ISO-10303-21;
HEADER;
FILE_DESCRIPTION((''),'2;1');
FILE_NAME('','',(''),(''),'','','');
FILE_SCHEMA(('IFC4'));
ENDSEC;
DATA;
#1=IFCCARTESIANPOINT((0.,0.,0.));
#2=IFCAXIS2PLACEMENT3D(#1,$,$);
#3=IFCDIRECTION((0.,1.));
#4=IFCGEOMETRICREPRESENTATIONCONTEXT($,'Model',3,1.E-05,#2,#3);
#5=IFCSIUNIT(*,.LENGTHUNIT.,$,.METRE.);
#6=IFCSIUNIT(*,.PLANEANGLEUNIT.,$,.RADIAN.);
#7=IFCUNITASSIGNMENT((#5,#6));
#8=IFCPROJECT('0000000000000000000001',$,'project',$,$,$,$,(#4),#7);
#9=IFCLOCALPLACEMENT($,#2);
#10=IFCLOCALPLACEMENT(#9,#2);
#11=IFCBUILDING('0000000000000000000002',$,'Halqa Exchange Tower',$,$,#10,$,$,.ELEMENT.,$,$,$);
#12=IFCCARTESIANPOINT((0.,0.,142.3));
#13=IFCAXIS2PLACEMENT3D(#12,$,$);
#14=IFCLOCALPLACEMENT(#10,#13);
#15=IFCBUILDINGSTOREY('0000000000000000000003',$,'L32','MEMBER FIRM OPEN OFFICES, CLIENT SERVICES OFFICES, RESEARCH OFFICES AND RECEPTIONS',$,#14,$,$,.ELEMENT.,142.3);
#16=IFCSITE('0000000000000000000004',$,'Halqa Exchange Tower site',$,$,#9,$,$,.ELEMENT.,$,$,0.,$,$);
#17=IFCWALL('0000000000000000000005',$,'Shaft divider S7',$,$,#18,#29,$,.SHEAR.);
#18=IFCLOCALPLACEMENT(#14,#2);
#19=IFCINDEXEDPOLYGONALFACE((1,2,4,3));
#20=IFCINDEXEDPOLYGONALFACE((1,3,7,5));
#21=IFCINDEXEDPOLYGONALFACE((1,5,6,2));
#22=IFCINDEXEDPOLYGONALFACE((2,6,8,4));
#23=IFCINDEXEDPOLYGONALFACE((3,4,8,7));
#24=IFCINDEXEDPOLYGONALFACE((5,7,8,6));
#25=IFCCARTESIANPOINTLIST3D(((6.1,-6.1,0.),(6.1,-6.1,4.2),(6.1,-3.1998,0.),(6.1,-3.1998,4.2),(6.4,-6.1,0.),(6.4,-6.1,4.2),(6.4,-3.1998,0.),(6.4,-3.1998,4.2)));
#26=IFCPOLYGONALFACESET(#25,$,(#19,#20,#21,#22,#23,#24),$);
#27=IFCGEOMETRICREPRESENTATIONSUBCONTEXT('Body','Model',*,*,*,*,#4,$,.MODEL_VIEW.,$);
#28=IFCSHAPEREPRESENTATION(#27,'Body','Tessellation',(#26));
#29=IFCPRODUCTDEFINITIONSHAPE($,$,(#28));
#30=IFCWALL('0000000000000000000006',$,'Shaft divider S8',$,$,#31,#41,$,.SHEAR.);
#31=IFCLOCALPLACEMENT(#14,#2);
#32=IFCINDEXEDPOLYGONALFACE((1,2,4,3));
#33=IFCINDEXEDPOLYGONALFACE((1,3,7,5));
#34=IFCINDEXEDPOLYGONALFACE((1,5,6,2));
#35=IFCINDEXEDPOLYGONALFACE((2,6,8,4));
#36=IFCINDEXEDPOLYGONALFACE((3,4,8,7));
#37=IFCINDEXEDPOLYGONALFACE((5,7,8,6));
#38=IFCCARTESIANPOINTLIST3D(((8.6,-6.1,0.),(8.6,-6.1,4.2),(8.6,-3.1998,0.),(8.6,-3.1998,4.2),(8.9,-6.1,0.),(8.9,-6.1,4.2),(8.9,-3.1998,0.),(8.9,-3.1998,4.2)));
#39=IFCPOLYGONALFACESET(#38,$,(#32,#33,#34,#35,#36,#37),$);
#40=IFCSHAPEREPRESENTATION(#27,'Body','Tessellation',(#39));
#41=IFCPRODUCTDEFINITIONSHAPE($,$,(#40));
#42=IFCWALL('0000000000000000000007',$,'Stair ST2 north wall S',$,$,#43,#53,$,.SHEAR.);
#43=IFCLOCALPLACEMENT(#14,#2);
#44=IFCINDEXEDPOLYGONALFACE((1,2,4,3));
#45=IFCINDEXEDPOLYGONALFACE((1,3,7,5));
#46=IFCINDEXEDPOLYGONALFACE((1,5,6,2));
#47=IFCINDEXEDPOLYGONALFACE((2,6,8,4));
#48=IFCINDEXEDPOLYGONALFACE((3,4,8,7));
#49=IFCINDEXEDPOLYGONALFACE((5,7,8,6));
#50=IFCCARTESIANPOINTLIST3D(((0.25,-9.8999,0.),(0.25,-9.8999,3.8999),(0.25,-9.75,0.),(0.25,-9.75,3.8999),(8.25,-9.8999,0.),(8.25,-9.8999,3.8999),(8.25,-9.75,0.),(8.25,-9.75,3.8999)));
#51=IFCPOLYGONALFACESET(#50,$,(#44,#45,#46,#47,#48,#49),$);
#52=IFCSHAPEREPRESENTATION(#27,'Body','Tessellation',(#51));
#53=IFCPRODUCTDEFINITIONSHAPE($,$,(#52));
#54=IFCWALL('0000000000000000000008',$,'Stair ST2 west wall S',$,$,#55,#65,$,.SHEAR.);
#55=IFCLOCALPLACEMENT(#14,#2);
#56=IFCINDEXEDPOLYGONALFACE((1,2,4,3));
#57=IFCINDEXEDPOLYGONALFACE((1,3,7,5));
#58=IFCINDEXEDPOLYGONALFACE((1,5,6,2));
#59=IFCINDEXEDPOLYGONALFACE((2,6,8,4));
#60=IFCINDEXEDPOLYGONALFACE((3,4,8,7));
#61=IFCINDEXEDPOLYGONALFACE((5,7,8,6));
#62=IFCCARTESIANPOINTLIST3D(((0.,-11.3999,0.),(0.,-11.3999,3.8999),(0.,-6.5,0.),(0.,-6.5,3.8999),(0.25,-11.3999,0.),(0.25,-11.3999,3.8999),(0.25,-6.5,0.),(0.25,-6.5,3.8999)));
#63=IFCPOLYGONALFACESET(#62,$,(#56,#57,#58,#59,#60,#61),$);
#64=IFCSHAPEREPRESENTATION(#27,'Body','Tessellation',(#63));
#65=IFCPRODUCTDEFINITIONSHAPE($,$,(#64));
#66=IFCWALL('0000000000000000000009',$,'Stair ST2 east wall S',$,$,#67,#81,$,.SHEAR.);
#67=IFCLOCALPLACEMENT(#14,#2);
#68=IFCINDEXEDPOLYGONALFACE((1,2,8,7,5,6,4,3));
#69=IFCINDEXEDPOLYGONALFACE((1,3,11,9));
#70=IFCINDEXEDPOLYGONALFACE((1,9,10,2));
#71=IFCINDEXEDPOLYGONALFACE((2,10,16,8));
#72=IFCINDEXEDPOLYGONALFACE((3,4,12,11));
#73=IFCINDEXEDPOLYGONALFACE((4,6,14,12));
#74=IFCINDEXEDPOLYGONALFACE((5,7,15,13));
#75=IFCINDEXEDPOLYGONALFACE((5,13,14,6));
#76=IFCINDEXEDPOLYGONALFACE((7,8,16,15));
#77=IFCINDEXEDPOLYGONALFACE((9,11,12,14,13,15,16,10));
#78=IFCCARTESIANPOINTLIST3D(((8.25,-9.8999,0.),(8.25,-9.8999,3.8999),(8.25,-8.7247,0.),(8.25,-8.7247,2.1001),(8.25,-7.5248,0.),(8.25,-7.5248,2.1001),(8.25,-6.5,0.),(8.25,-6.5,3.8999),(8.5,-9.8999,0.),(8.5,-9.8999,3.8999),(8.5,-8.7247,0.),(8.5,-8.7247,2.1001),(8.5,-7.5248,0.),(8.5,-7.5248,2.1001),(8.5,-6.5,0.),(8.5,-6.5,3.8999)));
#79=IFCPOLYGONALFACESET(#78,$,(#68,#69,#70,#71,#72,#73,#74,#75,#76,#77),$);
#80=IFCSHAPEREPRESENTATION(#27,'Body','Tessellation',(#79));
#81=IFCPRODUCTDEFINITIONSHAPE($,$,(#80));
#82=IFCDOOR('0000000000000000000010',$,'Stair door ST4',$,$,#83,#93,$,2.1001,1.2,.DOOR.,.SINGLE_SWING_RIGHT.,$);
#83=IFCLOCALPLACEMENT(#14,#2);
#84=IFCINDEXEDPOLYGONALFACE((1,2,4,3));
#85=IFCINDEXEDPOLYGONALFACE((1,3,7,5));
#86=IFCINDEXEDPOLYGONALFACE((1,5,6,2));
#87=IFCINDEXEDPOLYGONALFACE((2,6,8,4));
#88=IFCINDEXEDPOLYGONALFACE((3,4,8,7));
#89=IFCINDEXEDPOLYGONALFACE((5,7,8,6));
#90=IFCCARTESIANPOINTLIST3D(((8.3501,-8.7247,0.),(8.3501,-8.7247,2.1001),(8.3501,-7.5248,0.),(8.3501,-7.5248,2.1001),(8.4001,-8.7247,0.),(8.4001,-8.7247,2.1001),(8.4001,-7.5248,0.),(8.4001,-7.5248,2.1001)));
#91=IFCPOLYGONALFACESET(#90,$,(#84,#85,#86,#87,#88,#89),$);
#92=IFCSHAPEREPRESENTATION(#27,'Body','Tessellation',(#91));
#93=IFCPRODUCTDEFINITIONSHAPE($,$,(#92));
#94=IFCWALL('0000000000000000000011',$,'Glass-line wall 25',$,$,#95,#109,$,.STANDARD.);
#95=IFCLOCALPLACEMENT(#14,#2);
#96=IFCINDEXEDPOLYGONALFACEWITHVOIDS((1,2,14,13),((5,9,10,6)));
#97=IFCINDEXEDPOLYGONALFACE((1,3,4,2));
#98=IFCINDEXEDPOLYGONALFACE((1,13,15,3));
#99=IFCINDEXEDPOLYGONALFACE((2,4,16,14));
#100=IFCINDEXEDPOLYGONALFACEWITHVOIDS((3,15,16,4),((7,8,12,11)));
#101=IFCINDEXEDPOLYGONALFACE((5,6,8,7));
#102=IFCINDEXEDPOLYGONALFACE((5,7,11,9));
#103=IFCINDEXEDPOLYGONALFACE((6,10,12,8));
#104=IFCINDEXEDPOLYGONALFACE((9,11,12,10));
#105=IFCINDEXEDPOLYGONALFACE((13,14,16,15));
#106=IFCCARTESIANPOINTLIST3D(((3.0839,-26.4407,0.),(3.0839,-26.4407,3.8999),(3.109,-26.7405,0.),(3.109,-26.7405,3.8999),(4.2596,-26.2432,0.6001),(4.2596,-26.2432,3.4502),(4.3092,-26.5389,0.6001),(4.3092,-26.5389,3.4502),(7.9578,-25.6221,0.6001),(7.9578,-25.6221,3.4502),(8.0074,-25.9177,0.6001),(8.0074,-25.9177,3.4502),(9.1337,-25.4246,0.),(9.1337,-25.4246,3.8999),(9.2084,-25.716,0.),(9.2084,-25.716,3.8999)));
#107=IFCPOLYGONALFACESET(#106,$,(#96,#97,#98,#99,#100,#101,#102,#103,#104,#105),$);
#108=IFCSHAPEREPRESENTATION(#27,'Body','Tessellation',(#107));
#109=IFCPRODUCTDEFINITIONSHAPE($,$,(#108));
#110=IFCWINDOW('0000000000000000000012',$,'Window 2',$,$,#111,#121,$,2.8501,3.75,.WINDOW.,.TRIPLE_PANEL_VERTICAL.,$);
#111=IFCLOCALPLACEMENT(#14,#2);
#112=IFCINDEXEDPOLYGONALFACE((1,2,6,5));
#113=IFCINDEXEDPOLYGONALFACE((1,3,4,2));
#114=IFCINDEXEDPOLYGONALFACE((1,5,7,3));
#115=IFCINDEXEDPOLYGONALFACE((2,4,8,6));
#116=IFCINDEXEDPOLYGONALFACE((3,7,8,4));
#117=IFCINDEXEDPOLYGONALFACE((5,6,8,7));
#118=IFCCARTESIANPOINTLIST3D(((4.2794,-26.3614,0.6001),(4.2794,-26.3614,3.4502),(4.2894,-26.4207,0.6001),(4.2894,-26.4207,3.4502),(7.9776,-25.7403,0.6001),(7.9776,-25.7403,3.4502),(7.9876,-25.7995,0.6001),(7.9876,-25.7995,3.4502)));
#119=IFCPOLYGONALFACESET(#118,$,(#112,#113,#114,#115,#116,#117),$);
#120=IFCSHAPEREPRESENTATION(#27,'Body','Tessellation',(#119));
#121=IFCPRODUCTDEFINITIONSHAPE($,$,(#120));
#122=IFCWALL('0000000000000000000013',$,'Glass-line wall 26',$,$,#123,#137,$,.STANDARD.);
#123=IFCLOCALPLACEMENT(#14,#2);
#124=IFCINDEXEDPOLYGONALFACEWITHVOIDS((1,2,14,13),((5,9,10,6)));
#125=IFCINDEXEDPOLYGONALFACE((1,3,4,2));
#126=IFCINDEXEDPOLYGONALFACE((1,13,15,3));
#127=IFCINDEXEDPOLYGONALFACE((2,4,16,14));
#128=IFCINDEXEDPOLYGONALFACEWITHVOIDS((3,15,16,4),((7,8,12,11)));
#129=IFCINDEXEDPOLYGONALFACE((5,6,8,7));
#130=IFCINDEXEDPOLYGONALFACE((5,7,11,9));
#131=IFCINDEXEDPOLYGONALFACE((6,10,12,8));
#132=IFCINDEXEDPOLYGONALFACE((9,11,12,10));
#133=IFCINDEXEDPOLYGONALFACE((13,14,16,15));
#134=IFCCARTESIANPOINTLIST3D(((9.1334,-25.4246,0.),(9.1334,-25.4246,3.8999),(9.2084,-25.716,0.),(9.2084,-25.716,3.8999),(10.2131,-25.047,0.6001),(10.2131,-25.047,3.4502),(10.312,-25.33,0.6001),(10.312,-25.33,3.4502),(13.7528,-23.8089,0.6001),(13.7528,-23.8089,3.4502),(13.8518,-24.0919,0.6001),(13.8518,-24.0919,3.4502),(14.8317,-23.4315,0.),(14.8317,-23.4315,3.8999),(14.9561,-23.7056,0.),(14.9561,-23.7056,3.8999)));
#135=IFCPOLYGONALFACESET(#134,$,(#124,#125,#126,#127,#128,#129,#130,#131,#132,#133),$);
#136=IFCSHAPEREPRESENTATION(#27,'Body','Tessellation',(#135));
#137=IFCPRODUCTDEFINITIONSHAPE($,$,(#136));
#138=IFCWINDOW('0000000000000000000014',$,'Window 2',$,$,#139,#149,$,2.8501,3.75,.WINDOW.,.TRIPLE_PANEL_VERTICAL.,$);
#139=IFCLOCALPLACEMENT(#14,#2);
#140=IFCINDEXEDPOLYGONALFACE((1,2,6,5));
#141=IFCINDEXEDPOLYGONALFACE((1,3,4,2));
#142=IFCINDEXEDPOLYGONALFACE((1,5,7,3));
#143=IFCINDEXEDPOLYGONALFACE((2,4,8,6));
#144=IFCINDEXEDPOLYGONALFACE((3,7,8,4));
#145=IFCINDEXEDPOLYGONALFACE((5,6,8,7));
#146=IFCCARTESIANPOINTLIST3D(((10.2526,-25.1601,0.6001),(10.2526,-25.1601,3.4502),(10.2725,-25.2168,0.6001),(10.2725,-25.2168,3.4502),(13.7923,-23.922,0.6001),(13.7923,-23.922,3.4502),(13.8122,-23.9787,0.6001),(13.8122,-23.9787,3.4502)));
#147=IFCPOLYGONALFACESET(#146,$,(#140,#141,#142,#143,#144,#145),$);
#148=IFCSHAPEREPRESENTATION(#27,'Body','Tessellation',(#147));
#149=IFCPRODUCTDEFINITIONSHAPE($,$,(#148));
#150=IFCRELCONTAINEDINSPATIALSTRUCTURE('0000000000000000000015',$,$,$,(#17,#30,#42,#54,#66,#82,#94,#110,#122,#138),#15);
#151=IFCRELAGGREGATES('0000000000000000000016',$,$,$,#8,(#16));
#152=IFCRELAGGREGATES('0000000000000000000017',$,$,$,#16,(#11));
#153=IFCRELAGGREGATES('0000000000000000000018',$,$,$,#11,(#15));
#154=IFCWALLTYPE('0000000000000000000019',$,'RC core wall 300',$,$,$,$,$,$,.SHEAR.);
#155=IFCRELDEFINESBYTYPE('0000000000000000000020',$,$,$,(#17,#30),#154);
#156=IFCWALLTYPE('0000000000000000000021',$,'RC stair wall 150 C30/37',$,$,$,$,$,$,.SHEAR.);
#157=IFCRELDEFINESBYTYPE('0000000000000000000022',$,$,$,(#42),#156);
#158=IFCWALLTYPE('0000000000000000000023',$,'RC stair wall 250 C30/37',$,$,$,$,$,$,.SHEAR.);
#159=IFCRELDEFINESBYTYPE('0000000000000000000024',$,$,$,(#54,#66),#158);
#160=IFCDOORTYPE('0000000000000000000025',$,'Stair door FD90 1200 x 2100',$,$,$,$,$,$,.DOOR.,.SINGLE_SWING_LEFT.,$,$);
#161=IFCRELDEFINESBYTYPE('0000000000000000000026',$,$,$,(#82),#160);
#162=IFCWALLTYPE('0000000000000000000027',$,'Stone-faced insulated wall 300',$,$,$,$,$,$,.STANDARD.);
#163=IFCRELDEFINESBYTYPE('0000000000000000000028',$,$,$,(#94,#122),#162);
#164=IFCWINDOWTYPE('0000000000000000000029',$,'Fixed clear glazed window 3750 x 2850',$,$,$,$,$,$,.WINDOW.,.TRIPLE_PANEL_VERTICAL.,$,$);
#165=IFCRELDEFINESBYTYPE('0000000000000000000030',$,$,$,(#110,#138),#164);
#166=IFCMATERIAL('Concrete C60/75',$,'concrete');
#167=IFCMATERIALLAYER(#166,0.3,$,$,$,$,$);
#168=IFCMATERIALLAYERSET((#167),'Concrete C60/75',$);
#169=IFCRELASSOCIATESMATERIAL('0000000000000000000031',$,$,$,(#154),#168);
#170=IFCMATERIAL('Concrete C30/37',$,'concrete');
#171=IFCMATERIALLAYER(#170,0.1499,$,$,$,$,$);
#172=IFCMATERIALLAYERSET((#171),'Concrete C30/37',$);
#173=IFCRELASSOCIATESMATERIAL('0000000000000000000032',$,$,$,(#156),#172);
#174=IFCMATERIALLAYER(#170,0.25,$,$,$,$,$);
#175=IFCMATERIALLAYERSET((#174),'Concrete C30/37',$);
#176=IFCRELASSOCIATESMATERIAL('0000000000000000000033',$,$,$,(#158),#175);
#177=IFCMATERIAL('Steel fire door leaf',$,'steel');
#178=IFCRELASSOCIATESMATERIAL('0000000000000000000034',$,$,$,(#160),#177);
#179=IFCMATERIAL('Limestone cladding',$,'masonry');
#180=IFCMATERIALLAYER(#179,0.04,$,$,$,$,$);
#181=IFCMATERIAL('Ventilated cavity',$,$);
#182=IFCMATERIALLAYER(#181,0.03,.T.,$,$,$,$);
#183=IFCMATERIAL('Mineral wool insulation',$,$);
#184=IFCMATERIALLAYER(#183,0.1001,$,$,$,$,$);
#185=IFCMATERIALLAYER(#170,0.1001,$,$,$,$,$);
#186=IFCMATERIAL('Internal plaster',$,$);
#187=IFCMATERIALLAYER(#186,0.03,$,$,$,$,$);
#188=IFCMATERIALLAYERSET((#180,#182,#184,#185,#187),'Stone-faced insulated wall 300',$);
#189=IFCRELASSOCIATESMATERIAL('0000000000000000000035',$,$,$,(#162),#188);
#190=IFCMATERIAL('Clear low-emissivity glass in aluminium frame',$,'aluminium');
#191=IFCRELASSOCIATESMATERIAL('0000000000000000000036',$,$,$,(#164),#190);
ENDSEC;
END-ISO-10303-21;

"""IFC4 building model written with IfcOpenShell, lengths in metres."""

from ifc_helpers import new_model, si_unit, direction, frame, frame_2d, origin, place, context, subcontext, project, spatial, polyline, rectangle, outline, extrude, material, layer, layer_set, type_object, element, fill, save


model = new_model("IFC4")

# Units and contexts
model_context = context("Model", 3, precision=1e-05, world=origin(), true_north=direction((0.0, 1.0)))
body_context = subcontext(model_context, "Body", "Model", "MODEL_VIEW")
ifc_project = project(units=[si_unit("LENGTHUNIT", "METRE"), si_unit("PLANEANGLEUNIT", "RADIAN")], contexts=[model_context])

# Site, building, storey
site_placement = place(None, origin())
site = spatial("IfcSite", under=ifc_project, at=site_placement, Name="Halqa Exchange Tower site", CompositionType="ELEMENT", RefElevation=0.0)
building_placement = place(site_placement, origin())
building = spatial("IfcBuilding", under=site, at=building_placement, Name="Halqa Exchange Tower", CompositionType="ELEMENT")
storey_placement = place(building_placement, frame((0.0, 0.0, 142.3)))
storey = spatial("IfcBuildingStorey", under=building, at=storey_placement, Name="L32", Description="MEMBER FIRM OPEN OFFICES, CLIENT SERVICES OFFICES, RESEARCH OFFICES AND RECEPTIONS", CompositionType="ELEMENT", Elevation=142.3)

# Shared definitions
ifc_material_1 = material(Name="Concrete C60/75", Category="concrete")

# Walls
ifc_layer_1 = layer(ifc_material_1, 0.3)
ifc_layer_set_1 = layer_set([ifc_layer_1], Name="Concrete C60/75")
wall_type_1 = type_object("IfcWallType", Name="RC core wall 300", PredefinedType="SHEAR", material=ifc_layer_set_1)
for number, where, z_axis, x_axis, name in (
    (1, (6.25, -6.1001, 0.0), (0.0, 0.0, 1.0), (0.0, 1.0, 0.0), "Shaft divider S7"),
    (2, (8.75, -6.1001, 0.0), (0.0, 0.0, 1.0), (0.0, 1.0, 0.0), "Shaft divider S8"),
):
    element("IfcWall", number, at=place(storey_placement, frame(where, z_axis=z_axis, x_axis=x_axis)), inside=storey, type_object=wall_type_1, Name=name, PredefinedType="SHEAR", context=body_context, shape_type="SweptSolid", body=[
        extrude(rectangle(XDim=2.9001, YDim=0.3, at=frame_2d((1.4502, 0.0))), origin(), (0.0, 0.0, 1.0), 4.2),
    ])
ifc_material_2 = material(Name="Concrete C30/37", Category="concrete")
ifc_layer_2 = layer(ifc_material_2, 0.1499)
ifc_layer_set_2 = layer_set([ifc_layer_2], Name="Concrete C30/37")
wall_type_2 = type_object("IfcWallType", Name="RC stair wall 150 C30/37", PredefinedType="SHEAR", material=ifc_layer_set_2)
wall_1_placement = place(storey_placement, frame((0.25, -9.825, 0.0), z_axis=(0.0, 0.0, 1.0), x_axis=(1.0, 0.0, 0.0)))
element("IfcWall", 3, at=wall_1_placement, inside=storey, type_object=wall_type_2, Name="Stair ST2 north wall S", PredefinedType="SHEAR", context=body_context, shape_type="SweptSolid", body=[
    extrude(rectangle(XDim=8.0, YDim=0.1499, at=frame_2d((4.0, 0.0))), origin(), (0.0, 0.0, 1.0), 3.8999),
])
ifc_layer_3 = layer(ifc_material_2, 0.25)
ifc_layer_set_3 = layer_set([ifc_layer_3], Name="Concrete C30/37")
wall_type_3 = type_object("IfcWallType", Name="RC stair wall 250 C30/37", PredefinedType="SHEAR", material=ifc_layer_set_3)
wall_2_placement = place(storey_placement, frame((0.125, -11.3999, 0.0), z_axis=(0.0, 0.0, 1.0), x_axis=(0.0, 1.0, 0.0)))
element("IfcWall", 4, at=wall_2_placement, inside=storey, type_object=wall_type_3, Name="Stair ST2 west wall S", PredefinedType="SHEAR", context=body_context, shape_type="SweptSolid", body=[
    extrude(rectangle(XDim=4.8999, YDim=0.25, at=frame_2d((2.45, 0.0))), origin(), (0.0, 0.0, 1.0), 3.8999),
])

# Wall, opening, door
wall_3_placement = place(storey_placement, frame((8.375, -9.8999, 0.0), z_axis=(0.0, 0.0, 1.0), x_axis=(0.0, 1.0, 0.0)))
wall_3 = element("IfcWall", 5, at=wall_3_placement, inside=storey, type_object=wall_type_3, Name="Stair ST2 east wall S", PredefinedType="SHEAR", context=body_context, shape_type="SweptSolid", body=[
    extrude(rectangle(XDim=3.3999, YDim=0.25, at=frame_2d((1.7, 0.0))), origin(), (0.0, 0.0, 1.0), 3.8999),
])
opening_1_placement = place(wall_3_placement, frame((1.175, 0.0, 0.0)))
opening_1 = element("IfcOpeningElement", 6, at=opening_1_placement, cuts=wall_3, PredefinedType="OPENING", context=body_context, shape_type="SweptSolid", body=[
    extrude(rectangle(XDim=1.2, YDim=2.1001, at=frame_2d((0.6001, 1.05))), frame((0.0, 0.137, 0.0), z_axis=(0.0, -1.0, 0.0), x_axis=(1.0, 0.0, 0.0)), (0.0, 0.0, 1.0), 0.2739),
])
ifc_material_3 = material(Name="Steel fire door leaf", Category="steel")
door_type = type_object("IfcDoorType", Name="Stair door FD90 1200 x 2100", OperationType="SINGLE_SWING_LEFT", PredefinedType="DOOR", material=ifc_material_3)
door_placement = place(opening_1_placement, origin())
door = element("IfcDoor", 7, at=door_placement, inside=storey, type_object=door_type, Name="Stair door ST4", OperationType="SINGLE_SWING_RIGHT", OverallHeight=2.1001, OverallWidth=1.2, PredefinedType="DOOR", context=body_context, shape_type="SweptSolid", body=[
    extrude(rectangle(XDim=1.2, YDim=2.1001, at=frame_2d((0.6001, 1.05))), frame((0.0, 0.0249, 0.0), z_axis=(0.0, -1.0, 0.0), x_axis=(1.0, 0.0, 0.0)), (0.0, 0.0, 1.0), 0.05),
])
fill(opening_1, door)

# Walls, openings, windows
ifc_material_4 = material(Name="Limestone cladding", Category="masonry")
ifc_layer_4 = layer(ifc_material_4, 0.04)
ifc_material_5 = material(Name="Ventilated cavity")
ifc_layer_5 = layer(ifc_material_5, 0.03, ventilated=True)
ifc_material_6 = material(Name="Mineral wool insulation")
ifc_layer_6 = layer(ifc_material_6, 0.1001)
ifc_layer_7 = layer(ifc_material_2, 0.1001)
ifc_material_7 = material(Name="Internal plaster")
ifc_layer_8 = layer(ifc_material_7, 0.03)
ifc_layer_set_4 = layer_set([ifc_layer_4, ifc_layer_5, ifc_layer_6, ifc_layer_7, ifc_layer_8], Name="Stone-faced insulated wall 300")
wall_type_4 = type_object("IfcWallType", Name="Stone-faced insulated wall 300", PredefinedType="STANDARD", material=ifc_layer_set_4)
wall_4_placement = place(storey_placement, frame((3.0964, -26.5906, 0.0), z_axis=(0.0, 0.0, 1.0), x_axis=(0.986186, 0.165639, 0.0)))
wall_4 = element("IfcWall", 8, at=wall_4_placement, inside=storey, type_object=wall_type_4, Name="Glass-line wall 25", PredefinedType="STANDARD", context=body_context, shape_type="SweptSolid", body=[
    extrude(outline(polyline([(-0.0125, -0.1499), (6.1724, -0.1499), (6.147, 0.1499), (0.0125, 0.1499), (-0.0125, -0.1499)])), origin(), (0.0, 0.0, 1.0), 3.8999),
])
opening_2_placement = place(wall_4_placement, frame((1.2046, 0.0, 0.6001)))
opening_2 = element("IfcOpeningElement", 9, at=opening_2_placement, cuts=wall_4, PredefinedType="OPENING", context=body_context, shape_type="SweptSolid", body=[
    extrude(rectangle(XDim=3.75, YDim=2.8501, at=frame_2d((1.875, 1.425))), frame((0.0, 0.1621, 0.0), z_axis=(0.0, -1.0, 0.0), x_axis=(1.0, 0.0, 0.0)), (0.0, 0.0, 1.0), 0.324),
])
ifc_material_8 = material(Name="Clear low-emissivity glass in aluminium frame", Category="aluminium")
window_type = type_object("IfcWindowType", Name="Fixed clear glazed window 3750 x 2850", PartitioningType="TRIPLE_PANEL_VERTICAL", PredefinedType="WINDOW", material=ifc_material_8)
window_1_placement = place(opening_2_placement, origin())
window_1 = element("IfcWindow", 10, at=window_1_placement, inside=storey, type_object=window_type, Name="Window 2", OverallHeight=2.8501, OverallWidth=3.75, PartitioningType="TRIPLE_PANEL_VERTICAL", PredefinedType="WINDOW", context=body_context, shape_type="SweptSolid", body=[
    extrude(rectangle(XDim=3.75, YDim=2.8501, at=frame_2d((1.875, 1.425))), frame((0.0, 0.03, 0.0), z_axis=(0.0, -1.0, 0.0), x_axis=(1.0, 0.0, 0.0)), (0.0, 0.0, 1.0), 0.0601),
])
fill(opening_2, window_1)
wall_5_placement = place(storey_placement, frame((9.1709, -25.5703, 0.0), z_axis=(0.0, 0.0, 1.0), x_axis=(0.943926, 0.330158, 0.0)))
wall_5 = element("IfcWall", 11, at=wall_5_placement, inside=storey, type_object=wall_type_4, Name="Glass-line wall 26", PredefinedType="STANDARD", context=body_context, shape_type="SweptSolid", body=[
    extrude(outline(polyline([(-0.0127, -0.1499), (6.0764, -0.1499), (6.0496, 0.1499), (0.0127, 0.1499), (-0.0127, -0.1499)])), origin(), (0.0, 0.0, 1.0), 3.8999),
])
opening_3_placement = place(wall_5_placement, frame((1.1565, 0.0, 0.6001)))
opening_3 = element("IfcOpeningElement", 12, at=opening_3_placement, cuts=wall_5, PredefinedType="OPENING", context=body_context, shape_type="SweptSolid", body=[
    extrude(rectangle(XDim=3.75, YDim=2.8501, at=frame_2d((1.875, 1.425))), frame((0.0, 0.1621, 0.0), z_axis=(0.0, -1.0, 0.0), x_axis=(1.0, 0.0, 0.0)), (0.0, 0.0, 1.0), 0.324),
])
window_2_placement = place(opening_3_placement, origin())
window_2 = element("IfcWindow", 13, at=window_2_placement, inside=storey, type_object=window_type, Name="Window 2", OverallHeight=2.8501, OverallWidth=3.75, PartitioningType="TRIPLE_PANEL_VERTICAL", PredefinedType="WINDOW", context=body_context, shape_type="SweptSolid", body=[
    extrude(rectangle(XDim=3.75, YDim=2.8501, at=frame_2d((1.875, 1.425))), frame((0.0, 0.03, 0.0), z_axis=(0.0, -1.0, 0.0), x_axis=(1.0, 0.0, 0.0)), (0.0, 0.0, 1.0), 0.0601),
])
fill(opening_3, window_2)

save(model, "model.ifc")
